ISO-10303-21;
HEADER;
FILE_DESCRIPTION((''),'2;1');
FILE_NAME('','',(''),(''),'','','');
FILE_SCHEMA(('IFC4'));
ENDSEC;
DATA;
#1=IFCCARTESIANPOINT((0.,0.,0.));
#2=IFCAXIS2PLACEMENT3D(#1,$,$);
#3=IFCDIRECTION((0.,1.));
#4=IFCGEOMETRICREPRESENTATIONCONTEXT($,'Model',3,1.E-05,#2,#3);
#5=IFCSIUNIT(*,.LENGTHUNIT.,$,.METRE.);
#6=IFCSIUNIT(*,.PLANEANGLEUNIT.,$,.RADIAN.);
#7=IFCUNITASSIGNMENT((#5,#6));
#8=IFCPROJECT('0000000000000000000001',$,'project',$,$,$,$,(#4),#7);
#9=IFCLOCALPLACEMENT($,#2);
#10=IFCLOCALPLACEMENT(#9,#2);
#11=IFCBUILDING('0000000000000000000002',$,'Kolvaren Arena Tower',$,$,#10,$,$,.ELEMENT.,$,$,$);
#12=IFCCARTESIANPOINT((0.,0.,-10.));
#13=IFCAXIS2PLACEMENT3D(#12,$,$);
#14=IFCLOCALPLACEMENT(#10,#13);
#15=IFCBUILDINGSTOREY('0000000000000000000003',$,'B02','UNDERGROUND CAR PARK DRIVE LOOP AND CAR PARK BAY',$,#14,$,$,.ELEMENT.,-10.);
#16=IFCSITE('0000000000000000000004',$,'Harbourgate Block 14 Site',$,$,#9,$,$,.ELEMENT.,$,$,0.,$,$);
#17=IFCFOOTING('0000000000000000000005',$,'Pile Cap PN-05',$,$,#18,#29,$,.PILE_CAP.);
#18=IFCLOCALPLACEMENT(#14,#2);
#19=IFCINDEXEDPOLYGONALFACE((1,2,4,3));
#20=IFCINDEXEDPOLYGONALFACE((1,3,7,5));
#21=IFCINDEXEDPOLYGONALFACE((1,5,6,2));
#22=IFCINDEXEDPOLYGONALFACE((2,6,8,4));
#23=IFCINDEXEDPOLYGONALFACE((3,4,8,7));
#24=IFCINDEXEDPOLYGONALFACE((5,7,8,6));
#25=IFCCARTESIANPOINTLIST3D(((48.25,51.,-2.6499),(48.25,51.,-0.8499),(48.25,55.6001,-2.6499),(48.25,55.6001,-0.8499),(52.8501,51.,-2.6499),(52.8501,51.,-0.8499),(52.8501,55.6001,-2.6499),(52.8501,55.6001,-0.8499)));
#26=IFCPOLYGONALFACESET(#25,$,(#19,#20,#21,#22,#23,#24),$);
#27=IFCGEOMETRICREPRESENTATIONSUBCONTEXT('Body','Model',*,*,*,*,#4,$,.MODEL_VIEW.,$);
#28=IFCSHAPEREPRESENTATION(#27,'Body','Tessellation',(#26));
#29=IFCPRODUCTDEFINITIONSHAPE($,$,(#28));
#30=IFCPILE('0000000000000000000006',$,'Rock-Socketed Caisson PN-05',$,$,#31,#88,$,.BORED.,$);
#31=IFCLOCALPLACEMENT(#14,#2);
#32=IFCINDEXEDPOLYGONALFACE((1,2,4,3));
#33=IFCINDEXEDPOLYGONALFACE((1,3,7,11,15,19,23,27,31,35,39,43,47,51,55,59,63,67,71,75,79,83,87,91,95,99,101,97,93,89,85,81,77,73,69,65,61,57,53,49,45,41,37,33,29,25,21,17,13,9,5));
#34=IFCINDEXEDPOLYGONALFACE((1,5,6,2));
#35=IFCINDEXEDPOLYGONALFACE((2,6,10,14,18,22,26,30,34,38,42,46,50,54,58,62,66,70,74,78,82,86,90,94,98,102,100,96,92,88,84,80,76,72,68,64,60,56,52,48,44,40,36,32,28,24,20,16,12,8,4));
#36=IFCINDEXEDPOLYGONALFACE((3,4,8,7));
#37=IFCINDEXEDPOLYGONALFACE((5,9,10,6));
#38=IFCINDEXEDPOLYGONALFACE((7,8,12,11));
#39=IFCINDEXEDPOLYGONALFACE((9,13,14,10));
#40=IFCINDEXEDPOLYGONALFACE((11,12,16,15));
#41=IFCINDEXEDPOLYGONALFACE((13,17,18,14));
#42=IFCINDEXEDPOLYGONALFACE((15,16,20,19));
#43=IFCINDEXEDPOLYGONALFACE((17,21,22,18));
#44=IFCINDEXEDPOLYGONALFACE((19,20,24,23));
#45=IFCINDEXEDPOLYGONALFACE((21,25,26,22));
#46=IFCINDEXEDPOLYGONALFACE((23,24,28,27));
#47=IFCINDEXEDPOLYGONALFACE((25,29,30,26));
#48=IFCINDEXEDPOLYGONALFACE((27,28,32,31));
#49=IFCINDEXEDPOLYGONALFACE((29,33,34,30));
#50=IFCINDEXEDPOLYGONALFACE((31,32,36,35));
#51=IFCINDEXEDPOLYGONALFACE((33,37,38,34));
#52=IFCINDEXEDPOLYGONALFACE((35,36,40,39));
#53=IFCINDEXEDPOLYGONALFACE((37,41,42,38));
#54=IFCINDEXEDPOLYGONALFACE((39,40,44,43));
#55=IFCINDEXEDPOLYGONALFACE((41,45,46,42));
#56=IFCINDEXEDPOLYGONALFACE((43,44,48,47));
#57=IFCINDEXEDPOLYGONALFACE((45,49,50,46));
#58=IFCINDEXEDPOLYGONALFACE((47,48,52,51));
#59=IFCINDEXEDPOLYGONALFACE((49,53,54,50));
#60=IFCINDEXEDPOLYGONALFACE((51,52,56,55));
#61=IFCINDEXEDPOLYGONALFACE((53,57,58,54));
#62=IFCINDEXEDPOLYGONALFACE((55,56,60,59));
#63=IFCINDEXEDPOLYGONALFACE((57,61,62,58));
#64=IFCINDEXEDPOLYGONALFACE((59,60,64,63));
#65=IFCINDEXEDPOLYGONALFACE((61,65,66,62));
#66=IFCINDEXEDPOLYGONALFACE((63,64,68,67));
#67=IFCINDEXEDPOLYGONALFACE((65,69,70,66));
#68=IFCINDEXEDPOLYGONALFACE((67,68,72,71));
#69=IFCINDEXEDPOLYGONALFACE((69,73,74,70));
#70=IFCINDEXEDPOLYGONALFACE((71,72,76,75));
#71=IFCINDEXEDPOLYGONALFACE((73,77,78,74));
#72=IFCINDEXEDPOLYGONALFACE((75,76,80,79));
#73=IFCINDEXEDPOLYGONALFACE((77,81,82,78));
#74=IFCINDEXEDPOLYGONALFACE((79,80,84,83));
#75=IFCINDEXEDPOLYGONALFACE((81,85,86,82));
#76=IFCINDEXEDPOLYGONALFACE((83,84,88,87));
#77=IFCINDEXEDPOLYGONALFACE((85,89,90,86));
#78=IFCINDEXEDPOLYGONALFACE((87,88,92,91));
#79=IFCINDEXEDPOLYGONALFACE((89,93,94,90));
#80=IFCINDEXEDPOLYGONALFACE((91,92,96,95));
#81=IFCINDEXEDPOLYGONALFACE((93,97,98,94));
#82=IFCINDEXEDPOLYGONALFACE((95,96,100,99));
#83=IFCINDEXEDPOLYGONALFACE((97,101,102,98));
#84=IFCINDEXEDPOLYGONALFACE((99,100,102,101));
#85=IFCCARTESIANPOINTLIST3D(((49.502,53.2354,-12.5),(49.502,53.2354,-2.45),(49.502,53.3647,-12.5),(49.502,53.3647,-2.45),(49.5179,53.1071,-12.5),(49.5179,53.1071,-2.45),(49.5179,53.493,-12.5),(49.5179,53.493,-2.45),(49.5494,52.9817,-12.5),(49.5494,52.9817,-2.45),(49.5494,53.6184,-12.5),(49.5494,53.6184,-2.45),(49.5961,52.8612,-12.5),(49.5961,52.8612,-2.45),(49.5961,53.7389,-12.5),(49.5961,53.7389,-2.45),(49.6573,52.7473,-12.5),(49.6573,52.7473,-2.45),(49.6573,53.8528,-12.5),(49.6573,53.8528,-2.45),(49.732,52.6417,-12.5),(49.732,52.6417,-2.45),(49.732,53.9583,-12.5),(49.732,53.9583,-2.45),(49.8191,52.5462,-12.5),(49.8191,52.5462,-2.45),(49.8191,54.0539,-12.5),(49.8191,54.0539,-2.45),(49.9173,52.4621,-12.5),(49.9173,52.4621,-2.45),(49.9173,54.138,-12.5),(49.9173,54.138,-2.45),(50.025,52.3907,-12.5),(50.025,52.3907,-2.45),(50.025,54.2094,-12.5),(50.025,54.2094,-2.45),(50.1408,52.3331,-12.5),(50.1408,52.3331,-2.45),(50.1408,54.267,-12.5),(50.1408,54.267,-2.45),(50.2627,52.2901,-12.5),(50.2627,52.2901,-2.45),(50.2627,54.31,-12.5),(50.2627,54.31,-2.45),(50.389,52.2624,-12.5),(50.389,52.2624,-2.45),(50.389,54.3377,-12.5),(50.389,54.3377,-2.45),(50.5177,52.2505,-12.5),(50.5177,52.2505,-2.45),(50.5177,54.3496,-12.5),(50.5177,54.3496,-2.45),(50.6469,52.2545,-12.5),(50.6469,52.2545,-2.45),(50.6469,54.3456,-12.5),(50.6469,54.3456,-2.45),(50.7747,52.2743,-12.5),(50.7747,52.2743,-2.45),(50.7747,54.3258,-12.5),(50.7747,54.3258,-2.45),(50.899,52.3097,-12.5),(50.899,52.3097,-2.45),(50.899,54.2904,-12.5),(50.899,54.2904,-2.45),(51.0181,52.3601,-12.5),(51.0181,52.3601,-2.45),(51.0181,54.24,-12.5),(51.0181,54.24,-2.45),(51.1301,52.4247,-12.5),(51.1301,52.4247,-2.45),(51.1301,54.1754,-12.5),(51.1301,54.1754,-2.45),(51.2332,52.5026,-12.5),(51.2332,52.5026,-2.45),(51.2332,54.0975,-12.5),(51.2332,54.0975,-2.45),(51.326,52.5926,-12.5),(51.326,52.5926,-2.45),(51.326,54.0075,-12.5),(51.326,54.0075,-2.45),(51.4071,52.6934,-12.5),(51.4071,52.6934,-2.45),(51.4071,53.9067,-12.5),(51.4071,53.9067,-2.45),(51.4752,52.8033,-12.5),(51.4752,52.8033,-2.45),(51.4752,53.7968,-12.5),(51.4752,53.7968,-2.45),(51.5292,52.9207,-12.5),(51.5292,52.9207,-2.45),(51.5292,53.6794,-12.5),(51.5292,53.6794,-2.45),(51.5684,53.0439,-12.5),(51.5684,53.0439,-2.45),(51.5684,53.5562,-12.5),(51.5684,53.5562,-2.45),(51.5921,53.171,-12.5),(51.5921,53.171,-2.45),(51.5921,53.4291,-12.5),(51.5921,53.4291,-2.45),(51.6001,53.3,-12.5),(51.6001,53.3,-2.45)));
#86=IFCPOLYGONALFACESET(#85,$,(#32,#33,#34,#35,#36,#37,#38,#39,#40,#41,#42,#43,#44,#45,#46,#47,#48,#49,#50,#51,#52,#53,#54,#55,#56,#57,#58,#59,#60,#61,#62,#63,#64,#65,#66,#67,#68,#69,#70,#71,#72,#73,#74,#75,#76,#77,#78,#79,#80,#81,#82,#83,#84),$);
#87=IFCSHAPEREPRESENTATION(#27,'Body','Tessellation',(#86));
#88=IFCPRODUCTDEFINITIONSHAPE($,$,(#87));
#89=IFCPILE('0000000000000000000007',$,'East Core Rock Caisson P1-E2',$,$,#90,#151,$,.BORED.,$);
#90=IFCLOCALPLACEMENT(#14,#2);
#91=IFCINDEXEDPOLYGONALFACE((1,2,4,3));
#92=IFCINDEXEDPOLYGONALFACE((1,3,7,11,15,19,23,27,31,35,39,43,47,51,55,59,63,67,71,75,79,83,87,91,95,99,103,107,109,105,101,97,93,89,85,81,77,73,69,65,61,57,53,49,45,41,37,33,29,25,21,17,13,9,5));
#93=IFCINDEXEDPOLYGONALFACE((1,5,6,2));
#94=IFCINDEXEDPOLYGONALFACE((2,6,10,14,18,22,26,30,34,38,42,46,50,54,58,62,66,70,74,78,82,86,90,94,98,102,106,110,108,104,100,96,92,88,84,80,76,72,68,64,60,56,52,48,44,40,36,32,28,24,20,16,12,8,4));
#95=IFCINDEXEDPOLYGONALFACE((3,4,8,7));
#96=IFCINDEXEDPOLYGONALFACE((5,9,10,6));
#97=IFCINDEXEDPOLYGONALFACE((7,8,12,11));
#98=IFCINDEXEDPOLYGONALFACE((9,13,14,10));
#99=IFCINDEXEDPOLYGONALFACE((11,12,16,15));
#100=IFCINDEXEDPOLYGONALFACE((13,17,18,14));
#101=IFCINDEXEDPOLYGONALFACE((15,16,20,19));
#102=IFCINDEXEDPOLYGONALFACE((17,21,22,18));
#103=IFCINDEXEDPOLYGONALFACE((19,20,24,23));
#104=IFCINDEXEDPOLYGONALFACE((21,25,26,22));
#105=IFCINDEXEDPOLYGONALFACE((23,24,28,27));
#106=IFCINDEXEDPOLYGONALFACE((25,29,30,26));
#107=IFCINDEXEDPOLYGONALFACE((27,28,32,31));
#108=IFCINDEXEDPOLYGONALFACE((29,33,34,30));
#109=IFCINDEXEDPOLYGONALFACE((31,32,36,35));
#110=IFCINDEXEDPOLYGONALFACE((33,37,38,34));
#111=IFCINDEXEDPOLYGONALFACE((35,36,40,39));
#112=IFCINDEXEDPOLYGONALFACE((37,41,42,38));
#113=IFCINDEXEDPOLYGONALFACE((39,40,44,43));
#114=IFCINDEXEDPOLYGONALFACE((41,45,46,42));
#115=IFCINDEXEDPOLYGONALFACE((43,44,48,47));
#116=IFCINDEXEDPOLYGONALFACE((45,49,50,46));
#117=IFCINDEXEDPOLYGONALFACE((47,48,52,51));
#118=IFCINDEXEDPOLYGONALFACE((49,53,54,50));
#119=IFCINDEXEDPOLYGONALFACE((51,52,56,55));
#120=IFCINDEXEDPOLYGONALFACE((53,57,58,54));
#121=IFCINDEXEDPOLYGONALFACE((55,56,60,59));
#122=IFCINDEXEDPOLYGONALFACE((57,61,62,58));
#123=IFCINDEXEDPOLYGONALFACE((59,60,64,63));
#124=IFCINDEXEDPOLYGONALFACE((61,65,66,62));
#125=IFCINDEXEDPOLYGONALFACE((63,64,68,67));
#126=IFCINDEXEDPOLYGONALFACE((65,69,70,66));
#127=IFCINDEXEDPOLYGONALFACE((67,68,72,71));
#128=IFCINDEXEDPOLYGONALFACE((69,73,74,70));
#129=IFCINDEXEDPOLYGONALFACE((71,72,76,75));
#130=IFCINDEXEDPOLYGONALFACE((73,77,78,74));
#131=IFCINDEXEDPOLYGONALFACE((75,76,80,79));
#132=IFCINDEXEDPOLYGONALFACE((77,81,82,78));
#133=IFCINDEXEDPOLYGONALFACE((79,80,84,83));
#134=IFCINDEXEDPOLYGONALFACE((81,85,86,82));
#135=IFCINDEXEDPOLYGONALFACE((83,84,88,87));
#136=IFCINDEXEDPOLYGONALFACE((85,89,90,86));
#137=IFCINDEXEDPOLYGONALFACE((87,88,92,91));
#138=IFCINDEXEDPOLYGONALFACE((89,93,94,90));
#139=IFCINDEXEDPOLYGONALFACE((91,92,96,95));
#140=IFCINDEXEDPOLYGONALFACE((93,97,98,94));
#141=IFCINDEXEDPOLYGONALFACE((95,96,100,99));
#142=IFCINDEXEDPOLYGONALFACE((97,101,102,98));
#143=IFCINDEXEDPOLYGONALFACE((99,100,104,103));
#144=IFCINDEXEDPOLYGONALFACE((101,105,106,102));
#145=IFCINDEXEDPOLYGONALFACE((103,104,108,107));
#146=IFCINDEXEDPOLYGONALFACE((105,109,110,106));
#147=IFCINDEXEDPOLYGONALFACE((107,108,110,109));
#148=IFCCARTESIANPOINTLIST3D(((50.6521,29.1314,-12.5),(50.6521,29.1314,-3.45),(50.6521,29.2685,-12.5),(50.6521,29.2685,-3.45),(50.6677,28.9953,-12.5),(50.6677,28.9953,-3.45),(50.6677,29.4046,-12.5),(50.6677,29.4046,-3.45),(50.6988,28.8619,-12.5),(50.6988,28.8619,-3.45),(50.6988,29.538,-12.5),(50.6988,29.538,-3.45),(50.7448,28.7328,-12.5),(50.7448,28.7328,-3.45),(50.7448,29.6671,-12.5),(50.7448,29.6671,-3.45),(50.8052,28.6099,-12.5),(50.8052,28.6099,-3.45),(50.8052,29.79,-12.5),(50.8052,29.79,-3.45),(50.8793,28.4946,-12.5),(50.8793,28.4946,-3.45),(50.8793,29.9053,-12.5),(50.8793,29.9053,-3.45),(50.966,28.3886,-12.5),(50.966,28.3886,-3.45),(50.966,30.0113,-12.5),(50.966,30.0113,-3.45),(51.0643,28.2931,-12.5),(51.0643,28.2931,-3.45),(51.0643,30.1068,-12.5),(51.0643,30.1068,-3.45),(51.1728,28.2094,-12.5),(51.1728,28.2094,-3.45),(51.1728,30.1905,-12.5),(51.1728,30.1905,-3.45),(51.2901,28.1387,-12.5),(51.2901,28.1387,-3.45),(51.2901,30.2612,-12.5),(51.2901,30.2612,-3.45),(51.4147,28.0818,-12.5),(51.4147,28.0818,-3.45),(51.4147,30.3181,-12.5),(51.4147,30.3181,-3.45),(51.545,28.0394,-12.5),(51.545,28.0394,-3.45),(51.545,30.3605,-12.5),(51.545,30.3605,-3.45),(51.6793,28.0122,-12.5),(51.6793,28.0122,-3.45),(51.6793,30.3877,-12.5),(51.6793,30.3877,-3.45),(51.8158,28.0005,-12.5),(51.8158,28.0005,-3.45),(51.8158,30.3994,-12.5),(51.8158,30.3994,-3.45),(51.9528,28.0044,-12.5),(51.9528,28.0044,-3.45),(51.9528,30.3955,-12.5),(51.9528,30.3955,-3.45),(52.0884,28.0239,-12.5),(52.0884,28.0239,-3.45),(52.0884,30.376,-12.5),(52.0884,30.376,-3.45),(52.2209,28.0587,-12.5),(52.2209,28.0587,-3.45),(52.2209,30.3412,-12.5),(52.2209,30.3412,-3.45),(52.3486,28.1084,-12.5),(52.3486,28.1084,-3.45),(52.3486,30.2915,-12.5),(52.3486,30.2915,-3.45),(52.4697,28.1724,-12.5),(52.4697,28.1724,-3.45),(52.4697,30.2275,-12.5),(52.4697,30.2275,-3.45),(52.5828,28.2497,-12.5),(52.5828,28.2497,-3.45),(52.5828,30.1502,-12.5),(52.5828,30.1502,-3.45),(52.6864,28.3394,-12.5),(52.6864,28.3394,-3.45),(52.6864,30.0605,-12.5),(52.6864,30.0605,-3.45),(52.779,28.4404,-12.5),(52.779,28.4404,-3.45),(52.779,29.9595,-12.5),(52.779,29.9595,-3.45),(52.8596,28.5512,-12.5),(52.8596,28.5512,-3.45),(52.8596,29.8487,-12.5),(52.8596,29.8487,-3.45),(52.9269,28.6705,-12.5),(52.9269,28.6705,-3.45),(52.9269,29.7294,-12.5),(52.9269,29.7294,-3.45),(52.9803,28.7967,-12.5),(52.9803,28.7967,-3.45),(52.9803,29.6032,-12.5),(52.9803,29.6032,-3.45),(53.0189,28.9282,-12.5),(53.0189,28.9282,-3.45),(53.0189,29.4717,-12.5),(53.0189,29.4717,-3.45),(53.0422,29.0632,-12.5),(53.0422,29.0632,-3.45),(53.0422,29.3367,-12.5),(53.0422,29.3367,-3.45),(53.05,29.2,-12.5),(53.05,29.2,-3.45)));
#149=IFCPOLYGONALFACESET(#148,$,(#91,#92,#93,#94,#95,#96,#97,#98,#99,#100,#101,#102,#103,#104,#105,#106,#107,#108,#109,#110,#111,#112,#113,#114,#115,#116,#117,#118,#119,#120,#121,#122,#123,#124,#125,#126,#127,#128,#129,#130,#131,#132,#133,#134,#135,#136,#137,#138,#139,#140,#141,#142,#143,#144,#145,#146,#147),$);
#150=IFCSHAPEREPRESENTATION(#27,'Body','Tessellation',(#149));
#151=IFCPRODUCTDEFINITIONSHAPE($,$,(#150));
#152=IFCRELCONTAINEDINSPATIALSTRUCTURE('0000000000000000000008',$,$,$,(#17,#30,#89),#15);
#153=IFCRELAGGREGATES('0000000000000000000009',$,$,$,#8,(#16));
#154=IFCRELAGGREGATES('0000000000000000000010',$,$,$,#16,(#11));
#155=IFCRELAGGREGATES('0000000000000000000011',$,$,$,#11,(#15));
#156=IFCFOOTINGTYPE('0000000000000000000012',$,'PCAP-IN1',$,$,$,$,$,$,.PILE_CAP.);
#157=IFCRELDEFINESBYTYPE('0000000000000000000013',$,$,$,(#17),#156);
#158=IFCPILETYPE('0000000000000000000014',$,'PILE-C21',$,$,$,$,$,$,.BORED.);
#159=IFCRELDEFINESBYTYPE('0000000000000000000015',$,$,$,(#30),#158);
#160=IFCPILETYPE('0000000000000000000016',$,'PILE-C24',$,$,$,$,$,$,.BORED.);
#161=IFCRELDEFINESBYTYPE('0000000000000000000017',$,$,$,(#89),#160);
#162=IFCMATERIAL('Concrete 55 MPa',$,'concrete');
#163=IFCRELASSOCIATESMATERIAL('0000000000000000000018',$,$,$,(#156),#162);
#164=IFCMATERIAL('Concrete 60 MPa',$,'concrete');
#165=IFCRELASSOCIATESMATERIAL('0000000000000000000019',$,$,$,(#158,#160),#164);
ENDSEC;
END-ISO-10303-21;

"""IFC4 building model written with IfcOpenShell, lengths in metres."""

from ifc_helpers import new_model, si_unit, direction, frame, origin, origin_2d, place, context, subcontext, project, spatial, rectangle, circle, extrude, material, material_profile, profile_set, type_object, element, save


model = new_model("IFC4")

# Units and contexts
model_context = context("Model", 3, precision=1e-05, world=origin(), true_north=direction((0.0, 1.0)))
body_context = subcontext(model_context, "Body", "Model", "MODEL_VIEW")
ifc_project = project(units=[si_unit("LENGTHUNIT", "METRE"), si_unit("PLANEANGLEUNIT", "RADIAN")], contexts=[model_context])

# Site, building, storey
site_placement = place(None, origin())
site = spatial("IfcSite", under=ifc_project, at=site_placement, Name="Harbourgate Block 14 Site", CompositionType="ELEMENT", RefElevation=0.0)
building_placement = place(site_placement, origin())
building = spatial("IfcBuilding", under=site, at=building_placement, Name="Kolvaren Arena Tower", CompositionType="ELEMENT")
storey_placement = place(building_placement, frame((0.0, 0.0, -10.0)))
storey = spatial("IfcBuildingStorey", under=building, at=storey_placement, Name="B02", Description="UNDERGROUND CAR PARK DRIVE LOOP AND CAR PARK BAY", CompositionType="ELEMENT", Elevation=-10.0)

# Footing
ifc_material_1 = material(Name="Concrete 55 MPa", Category="concrete")
footing_type_1 = type_object("IfcFootingType", Name="PCAP-IN1", PredefinedType="PILE_CAP", material=ifc_material_1)
footing_1_placement = place(storey_placement, frame((50.55, 53.3, -2.6499), z_axis=(0.0, 0.0, 1.0), x_axis=(1.0, 0.0, 0.0)))
element("IfcFooting", 1, at=footing_1_placement, inside=storey, type_object=footing_type_1, Name="Pile Cap PN-05", PredefinedType="PILE_CAP", context=body_context, shape_type="SweptSolid", body=[
    extrude(rectangle(XDim=4.6001, YDim=4.6001, at=origin_2d()), origin(), (0.0, 0.0, 1.0), 1.8),
])

# Piles
ifc_material_2 = material(Name="Concrete 60 MPa", Category="concrete")
ifc_material_profile_1 = material_profile(ifc_material_2, circle(Radius=1.05, at=origin_2d()), Name="CAISSON-D2100")
ifc_profile_set_1 = profile_set([ifc_material_profile_1], Name="Concrete 60 MPa")
pile_type_1 = type_object("IfcPileType", Name="PILE-C21", PredefinedType="BORED", material=ifc_profile_set_1)
pile_placement = place(storey_placement, frame((50.55, 53.3, -2.45), z_axis=(0.0, 0.0, -1.0), x_axis=(1.0, 0.0, 0.0)))
element("IfcPile", 2, at=pile_placement, inside=storey, type_object=pile_type_1, Name="Rock-Socketed Caisson PN-05", PredefinedType="BORED", context=body_context, shape_type="SweptSolid", body=[
    extrude(circle(Radius=1.05, at=origin_2d()), origin(), (0.0, 0.0, 1.0), 10.05),
])
ifc_material_profile_2 = material_profile(ifc_material_2, circle(Radius=1.2, at=origin_2d()), Name="CAISSON-D2400")
ifc_profile_set_2 = profile_set([ifc_material_profile_2], Name="Concrete 60 MPa")
pile_type_2 = type_object("IfcPileType", Name="PILE-C24", PredefinedType="BORED", material=ifc_profile_set_2)
for number, where, z_axis, x_axis, name in (
    (3, (51.8501, 29.2, -3.45), (0.0, 0.0, -1.0), (1.0, 0.0, 0.0), "East Core Rock Caisson P1-E2"),
):
    element("IfcPile", number, at=place(storey_placement, frame(where, z_axis=z_axis, x_axis=x_axis)), inside=storey, type_object=pile_type_2, Name=name, PredefinedType="BORED", context=body_context, shape_type="SweptSolid", body=[
        extrude(circle(Radius=1.2, at=origin_2d()), origin(), (0.0, 0.0, 1.0), 9.05),
    ])

save(model, "model.ifc")
